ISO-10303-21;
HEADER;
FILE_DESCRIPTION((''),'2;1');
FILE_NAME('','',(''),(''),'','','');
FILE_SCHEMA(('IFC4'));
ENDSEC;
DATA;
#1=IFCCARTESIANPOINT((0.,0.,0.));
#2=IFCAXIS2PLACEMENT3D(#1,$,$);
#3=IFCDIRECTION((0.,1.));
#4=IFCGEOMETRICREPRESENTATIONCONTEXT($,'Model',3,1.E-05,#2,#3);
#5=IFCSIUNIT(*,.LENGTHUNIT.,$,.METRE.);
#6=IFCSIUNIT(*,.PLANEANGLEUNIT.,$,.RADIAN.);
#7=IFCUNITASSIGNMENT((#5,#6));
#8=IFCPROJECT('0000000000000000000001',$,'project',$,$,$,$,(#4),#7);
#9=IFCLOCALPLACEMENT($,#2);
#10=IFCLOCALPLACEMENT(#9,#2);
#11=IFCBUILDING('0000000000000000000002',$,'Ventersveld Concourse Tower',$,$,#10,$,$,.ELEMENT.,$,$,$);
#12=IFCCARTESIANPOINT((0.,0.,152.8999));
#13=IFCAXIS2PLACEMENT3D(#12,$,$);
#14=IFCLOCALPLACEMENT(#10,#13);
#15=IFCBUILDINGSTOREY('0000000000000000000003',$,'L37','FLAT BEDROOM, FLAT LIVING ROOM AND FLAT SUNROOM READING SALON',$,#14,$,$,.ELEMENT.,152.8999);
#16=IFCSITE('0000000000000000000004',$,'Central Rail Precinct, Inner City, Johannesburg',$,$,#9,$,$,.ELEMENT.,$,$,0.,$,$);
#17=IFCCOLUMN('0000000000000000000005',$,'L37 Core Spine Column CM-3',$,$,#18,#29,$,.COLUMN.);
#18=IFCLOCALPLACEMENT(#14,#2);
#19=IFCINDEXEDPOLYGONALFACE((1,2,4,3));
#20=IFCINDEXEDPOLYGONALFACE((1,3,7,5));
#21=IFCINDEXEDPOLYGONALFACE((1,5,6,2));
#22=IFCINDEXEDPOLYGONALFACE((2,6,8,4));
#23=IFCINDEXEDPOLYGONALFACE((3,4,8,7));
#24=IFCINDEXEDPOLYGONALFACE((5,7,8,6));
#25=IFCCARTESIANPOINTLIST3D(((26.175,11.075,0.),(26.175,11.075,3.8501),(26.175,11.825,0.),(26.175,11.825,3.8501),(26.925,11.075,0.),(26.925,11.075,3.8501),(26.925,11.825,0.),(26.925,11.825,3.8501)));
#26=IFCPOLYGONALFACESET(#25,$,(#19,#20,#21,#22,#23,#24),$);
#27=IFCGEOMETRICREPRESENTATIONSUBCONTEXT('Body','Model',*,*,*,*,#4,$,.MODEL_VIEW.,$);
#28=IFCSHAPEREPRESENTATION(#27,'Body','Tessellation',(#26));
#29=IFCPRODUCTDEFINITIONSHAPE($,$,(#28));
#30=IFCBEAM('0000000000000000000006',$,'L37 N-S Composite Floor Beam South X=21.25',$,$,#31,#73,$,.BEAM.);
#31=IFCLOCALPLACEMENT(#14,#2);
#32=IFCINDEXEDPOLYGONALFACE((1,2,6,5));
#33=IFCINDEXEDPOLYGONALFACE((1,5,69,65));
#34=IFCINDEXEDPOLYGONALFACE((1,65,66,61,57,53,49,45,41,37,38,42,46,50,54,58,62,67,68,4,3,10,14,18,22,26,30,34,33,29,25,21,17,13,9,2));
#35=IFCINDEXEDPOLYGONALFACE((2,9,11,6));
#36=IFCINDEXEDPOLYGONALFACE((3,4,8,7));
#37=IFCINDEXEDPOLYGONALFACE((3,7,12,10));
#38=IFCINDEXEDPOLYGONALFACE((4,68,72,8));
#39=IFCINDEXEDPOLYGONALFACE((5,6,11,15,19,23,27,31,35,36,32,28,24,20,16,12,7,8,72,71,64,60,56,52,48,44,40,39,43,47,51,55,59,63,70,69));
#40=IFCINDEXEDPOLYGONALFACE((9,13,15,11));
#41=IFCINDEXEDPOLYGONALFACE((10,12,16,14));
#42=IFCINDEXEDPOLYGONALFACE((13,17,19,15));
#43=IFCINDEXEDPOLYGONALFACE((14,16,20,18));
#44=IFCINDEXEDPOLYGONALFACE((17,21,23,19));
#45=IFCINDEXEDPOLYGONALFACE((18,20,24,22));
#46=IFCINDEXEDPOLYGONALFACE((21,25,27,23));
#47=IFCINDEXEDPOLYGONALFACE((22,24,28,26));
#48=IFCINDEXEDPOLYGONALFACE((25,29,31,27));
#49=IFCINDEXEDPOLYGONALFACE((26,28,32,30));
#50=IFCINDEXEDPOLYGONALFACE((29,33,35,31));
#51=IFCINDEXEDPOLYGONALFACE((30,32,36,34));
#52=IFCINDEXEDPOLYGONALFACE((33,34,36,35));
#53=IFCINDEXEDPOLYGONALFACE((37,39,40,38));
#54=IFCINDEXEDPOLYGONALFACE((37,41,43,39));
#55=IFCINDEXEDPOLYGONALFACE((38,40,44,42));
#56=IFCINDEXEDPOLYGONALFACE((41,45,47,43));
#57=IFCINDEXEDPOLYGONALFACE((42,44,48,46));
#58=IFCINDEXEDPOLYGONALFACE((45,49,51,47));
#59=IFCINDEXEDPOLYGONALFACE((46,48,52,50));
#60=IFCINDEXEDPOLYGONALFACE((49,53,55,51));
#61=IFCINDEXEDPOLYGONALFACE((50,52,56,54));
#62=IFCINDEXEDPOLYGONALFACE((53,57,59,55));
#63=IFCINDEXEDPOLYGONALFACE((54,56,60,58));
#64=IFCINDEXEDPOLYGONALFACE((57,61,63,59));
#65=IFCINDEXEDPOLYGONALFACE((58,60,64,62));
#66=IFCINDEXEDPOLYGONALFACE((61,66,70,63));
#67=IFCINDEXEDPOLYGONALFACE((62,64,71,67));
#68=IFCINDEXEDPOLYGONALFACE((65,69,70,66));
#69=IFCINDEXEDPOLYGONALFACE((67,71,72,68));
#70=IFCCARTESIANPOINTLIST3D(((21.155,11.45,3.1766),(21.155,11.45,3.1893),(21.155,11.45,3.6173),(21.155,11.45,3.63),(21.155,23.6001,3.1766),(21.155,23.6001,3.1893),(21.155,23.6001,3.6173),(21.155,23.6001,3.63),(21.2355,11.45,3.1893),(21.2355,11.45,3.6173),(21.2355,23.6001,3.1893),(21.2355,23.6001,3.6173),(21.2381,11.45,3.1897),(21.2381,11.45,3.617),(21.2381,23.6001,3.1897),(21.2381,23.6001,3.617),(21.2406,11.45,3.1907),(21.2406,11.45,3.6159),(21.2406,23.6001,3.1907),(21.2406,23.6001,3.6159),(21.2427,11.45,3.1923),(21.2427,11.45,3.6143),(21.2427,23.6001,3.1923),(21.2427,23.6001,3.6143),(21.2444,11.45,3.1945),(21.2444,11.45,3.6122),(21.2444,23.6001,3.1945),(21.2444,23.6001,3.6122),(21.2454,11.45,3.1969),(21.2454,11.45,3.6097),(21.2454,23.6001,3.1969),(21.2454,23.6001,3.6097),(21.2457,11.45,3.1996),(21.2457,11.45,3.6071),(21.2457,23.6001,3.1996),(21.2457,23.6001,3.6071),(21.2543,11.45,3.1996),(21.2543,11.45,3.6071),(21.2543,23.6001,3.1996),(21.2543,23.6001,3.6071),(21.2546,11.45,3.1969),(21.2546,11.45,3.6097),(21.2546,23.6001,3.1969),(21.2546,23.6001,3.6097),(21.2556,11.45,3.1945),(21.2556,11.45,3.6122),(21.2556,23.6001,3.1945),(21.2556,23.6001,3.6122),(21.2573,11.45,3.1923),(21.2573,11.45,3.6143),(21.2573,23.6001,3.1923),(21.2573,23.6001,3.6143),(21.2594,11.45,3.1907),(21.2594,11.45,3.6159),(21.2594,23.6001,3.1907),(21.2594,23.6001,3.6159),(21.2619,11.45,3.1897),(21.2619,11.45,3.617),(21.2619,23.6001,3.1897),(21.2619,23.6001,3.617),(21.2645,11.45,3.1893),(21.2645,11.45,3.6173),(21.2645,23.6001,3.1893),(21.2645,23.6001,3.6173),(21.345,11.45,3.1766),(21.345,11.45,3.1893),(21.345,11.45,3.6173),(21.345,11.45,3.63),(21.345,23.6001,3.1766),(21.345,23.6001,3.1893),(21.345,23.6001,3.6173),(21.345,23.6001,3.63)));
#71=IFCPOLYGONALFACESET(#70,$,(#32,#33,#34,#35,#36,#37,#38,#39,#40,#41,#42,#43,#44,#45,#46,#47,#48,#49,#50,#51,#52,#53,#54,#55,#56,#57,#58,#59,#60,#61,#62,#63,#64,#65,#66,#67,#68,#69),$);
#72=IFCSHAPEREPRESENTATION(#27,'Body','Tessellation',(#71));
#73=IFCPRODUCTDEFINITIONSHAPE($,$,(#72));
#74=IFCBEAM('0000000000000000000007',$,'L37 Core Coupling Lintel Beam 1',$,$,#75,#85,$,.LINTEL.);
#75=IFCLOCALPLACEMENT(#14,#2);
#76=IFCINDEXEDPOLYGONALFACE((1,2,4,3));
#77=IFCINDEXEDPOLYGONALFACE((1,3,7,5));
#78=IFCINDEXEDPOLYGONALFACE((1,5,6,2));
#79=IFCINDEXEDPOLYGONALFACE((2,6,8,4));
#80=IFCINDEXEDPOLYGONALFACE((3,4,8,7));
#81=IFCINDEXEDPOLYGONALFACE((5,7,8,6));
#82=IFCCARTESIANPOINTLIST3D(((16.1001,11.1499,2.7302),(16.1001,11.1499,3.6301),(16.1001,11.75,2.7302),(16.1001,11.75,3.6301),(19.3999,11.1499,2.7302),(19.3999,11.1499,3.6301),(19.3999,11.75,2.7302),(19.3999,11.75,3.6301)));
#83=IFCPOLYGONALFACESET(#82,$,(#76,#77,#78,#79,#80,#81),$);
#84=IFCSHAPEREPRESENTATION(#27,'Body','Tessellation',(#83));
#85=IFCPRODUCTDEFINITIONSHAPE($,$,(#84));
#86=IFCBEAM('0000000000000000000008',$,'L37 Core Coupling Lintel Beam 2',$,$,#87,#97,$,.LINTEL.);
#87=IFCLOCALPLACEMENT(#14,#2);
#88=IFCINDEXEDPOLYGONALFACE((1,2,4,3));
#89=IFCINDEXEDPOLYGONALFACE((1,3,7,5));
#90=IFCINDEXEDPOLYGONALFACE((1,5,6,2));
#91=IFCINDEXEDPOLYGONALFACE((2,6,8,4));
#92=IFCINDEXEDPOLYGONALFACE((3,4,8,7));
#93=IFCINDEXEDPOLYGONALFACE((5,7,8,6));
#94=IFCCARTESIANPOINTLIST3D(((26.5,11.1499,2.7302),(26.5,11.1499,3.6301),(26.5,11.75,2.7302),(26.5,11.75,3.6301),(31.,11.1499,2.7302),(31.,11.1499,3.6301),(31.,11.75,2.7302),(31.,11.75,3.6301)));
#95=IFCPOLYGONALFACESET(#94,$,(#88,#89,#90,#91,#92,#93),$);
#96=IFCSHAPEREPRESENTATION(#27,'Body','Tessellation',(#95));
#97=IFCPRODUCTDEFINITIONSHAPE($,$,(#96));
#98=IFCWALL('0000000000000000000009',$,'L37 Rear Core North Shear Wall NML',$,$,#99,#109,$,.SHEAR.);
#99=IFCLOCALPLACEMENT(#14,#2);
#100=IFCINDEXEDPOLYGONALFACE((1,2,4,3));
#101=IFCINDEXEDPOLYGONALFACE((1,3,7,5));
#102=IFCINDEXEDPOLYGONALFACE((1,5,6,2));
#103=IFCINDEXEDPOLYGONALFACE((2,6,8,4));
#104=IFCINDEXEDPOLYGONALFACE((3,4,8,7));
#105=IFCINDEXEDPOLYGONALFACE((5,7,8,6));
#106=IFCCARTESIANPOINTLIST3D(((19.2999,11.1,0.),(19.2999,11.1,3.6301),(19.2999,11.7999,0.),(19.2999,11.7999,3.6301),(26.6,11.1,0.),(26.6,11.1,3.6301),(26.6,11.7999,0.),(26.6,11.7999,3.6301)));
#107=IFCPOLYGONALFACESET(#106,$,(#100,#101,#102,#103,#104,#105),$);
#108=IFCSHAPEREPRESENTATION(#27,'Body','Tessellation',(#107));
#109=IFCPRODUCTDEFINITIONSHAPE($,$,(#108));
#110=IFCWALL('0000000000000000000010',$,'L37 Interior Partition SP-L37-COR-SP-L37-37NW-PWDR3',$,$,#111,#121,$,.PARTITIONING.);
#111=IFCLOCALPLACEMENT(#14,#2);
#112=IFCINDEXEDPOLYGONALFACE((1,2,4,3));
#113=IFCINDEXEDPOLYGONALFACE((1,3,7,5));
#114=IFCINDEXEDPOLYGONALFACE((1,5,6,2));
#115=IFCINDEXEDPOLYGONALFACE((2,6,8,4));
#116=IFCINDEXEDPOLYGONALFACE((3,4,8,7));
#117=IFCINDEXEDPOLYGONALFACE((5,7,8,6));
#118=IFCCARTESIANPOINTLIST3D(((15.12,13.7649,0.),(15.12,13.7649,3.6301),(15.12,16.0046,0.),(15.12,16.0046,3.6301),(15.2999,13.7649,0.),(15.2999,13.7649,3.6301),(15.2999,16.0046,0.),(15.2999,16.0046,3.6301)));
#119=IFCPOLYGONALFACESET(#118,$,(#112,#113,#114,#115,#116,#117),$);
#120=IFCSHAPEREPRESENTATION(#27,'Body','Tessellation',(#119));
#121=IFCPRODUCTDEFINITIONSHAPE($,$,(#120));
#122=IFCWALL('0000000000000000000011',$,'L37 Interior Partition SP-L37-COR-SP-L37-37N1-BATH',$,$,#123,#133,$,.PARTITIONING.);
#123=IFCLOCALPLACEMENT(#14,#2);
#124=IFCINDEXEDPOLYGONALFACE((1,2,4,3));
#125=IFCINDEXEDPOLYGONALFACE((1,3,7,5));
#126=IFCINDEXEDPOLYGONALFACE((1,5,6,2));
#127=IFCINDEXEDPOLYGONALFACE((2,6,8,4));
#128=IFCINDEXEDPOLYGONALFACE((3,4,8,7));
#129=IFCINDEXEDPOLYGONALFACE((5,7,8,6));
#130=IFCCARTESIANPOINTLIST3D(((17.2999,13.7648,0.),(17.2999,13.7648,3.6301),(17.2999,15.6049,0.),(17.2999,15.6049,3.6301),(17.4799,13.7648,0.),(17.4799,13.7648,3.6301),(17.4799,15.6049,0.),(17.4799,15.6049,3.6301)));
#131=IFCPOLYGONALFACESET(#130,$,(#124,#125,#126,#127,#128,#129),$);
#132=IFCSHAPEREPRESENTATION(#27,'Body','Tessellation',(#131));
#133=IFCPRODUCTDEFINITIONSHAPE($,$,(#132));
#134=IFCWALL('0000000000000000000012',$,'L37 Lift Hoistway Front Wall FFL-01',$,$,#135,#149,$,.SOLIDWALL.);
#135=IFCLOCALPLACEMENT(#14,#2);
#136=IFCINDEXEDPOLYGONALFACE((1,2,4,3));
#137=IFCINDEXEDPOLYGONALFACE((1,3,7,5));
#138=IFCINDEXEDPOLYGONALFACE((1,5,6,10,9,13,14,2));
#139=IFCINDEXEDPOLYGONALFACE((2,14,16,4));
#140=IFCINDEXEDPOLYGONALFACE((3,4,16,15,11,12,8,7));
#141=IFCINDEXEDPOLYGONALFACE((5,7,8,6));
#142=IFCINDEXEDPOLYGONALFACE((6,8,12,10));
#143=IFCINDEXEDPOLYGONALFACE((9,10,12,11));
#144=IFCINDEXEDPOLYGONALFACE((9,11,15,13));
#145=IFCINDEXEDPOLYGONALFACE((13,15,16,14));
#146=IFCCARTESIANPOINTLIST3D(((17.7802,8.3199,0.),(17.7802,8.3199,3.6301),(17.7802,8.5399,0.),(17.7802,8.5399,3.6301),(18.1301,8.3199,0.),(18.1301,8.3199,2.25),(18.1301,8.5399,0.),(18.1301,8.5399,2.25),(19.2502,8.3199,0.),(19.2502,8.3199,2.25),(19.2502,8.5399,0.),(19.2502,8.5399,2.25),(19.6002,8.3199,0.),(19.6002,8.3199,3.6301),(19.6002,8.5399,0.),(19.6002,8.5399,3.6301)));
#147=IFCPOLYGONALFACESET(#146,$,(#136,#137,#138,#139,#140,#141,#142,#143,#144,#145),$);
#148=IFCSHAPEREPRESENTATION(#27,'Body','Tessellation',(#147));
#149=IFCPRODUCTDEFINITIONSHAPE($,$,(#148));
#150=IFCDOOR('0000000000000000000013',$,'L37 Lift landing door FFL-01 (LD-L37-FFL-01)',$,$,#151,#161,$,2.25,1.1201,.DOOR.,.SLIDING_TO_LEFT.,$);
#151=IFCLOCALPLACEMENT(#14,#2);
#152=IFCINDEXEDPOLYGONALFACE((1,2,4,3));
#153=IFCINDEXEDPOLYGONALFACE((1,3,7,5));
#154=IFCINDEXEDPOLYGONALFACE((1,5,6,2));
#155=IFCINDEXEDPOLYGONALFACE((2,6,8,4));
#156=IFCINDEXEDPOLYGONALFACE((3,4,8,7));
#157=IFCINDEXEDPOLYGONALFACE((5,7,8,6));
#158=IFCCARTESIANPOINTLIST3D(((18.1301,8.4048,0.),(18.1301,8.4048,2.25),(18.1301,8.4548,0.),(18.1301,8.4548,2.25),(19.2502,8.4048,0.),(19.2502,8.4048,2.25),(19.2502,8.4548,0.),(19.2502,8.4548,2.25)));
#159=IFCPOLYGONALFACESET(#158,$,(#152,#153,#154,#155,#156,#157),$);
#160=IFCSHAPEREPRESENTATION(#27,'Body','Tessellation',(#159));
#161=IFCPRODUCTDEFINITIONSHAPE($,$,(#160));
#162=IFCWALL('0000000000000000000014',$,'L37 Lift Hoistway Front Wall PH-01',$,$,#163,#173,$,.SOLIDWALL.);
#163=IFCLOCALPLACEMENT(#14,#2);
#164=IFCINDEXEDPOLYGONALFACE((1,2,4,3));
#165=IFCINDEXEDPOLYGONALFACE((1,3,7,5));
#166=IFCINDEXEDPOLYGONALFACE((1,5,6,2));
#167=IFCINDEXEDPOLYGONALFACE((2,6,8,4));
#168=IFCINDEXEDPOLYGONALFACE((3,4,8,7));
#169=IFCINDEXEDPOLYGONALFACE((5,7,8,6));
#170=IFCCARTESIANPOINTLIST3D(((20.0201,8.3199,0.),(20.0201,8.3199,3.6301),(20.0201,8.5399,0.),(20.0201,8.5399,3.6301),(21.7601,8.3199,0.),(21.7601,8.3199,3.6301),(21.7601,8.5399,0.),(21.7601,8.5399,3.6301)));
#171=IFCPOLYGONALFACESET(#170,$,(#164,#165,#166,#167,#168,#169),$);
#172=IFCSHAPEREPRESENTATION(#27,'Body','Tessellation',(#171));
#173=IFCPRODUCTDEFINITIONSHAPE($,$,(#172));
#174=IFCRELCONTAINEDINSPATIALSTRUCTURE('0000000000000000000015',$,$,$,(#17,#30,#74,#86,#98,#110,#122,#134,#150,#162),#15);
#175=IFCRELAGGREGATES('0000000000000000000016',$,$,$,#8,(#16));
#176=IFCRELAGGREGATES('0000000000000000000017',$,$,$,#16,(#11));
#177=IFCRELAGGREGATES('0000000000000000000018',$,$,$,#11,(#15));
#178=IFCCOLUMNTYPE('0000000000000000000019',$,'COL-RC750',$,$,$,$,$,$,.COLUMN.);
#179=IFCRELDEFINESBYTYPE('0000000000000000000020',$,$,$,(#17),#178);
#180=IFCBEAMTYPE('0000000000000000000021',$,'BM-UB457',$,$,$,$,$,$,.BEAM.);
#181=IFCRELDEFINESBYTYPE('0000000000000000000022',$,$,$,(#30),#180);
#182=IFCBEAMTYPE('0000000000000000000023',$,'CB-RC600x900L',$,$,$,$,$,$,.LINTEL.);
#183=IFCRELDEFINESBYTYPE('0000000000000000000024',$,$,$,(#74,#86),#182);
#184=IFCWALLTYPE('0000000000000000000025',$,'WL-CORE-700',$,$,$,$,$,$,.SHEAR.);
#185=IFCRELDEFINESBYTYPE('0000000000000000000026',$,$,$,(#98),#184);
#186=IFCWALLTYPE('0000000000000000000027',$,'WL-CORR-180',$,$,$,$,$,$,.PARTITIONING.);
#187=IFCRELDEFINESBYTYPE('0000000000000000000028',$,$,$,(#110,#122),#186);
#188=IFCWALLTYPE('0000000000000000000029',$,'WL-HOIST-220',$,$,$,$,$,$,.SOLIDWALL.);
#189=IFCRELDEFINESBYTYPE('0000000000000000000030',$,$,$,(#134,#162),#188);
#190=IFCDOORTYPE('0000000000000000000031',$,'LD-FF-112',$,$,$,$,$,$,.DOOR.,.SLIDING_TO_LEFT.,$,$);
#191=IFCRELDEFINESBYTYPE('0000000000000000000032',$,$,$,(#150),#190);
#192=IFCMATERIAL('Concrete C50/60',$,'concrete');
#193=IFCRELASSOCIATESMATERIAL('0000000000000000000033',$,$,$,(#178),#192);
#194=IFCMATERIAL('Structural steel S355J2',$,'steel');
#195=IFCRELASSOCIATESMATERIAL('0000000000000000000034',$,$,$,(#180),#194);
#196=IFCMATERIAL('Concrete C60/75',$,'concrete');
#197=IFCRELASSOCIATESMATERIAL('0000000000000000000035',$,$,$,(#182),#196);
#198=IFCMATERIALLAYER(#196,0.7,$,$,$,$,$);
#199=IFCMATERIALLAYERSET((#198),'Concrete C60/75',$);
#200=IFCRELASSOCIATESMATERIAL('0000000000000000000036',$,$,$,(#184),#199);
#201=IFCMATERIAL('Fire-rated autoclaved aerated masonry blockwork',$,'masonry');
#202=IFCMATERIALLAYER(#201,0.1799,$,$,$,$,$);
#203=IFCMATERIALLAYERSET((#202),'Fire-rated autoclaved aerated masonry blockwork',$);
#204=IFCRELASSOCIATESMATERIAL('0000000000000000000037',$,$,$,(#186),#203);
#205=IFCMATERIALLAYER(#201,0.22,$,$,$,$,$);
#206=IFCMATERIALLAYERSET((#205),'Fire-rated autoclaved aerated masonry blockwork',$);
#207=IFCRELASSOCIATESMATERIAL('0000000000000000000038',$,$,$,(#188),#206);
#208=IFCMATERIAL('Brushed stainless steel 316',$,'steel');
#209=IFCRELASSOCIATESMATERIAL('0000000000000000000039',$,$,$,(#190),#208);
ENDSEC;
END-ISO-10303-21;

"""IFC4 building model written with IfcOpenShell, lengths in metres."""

from ifc_helpers import new_model, si_unit, direction, frame, frame_2d, origin, origin_2d, place, context, subcontext, project, spatial, rectangle, i_section, extrude, material, layer, layer_set, material_profile, profile_set, type_object, element, fill, save


model = new_model("IFC4")

# Units and contexts
model_context = context("Model", 3, precision=1e-05, world=origin(), true_north=direction((0.0, 1.0)))
body_context = subcontext(model_context, "Body", "Model", "MODEL_VIEW")
ifc_project = project(units=[si_unit("LENGTHUNIT", "METRE"), si_unit("PLANEANGLEUNIT", "RADIAN")], contexts=[model_context])

# Site, building, storey
site_placement = place(None, origin())
site = spatial("IfcSite", under=ifc_project, at=site_placement, Name="Central Rail Precinct, Inner City, Johannesburg", CompositionType="ELEMENT", RefElevation=0.0)
building_placement = place(site_placement, origin())
building = spatial("IfcBuilding", under=site, at=building_placement, Name="Ventersveld Concourse Tower", CompositionType="ELEMENT")
storey_placement = place(building_placement, frame((0.0, 0.0, 152.8999)))
storey = spatial("IfcBuildingStorey", under=building, at=storey_placement, Name="L37", Description="FLAT BEDROOM, FLAT LIVING ROOM AND FLAT SUNROOM READING SALON", CompositionType="ELEMENT", Elevation=152.8999)

# Column
ifc_material_1 = material(Name="Concrete C50/60", Category="concrete")
ifc_material_profile_1 = material_profile(ifc_material_1, rectangle(XDim=0.75, YDim=0.75, at=origin_2d()), Name="RC 750x750")
ifc_profile_set_1 = profile_set([ifc_material_profile_1], Name="Concrete C50/60")
column_type = type_object("IfcColumnType", Name="COL-RC750", PredefinedType="COLUMN", material=ifc_profile_set_1)
column_placement = place(storey_placement, frame((26.55, 11.45, 0.0), z_axis=(0.0, 0.0, 1.0), x_axis=(1.0, 0.0, 0.0)))
element("IfcColumn", 1, at=column_placement, inside=storey, type_object=column_type, Name="L37 Core Spine Column CM-3", PredefinedType="COLUMN", context=body_context, shape_type="SweptSolid", body=[
    extrude(rectangle(XDim=0.75, YDim=0.75, at=origin_2d()), origin(), (0.0, 0.0, 1.0), 3.8501),
])

# Beams
ifc_material_2 = material(Name="Structural steel S355J2", Category="steel")
ifc_material_profile_2 = material_profile(ifc_material_2, i_section(OverallWidth=0.1899, OverallDepth=0.4534, WebThickness=0.0085, FlangeThickness=0.0127, FilletRadius=0.0103, at=origin_2d()), Name="UB 457x191x67")
ifc_profile_set_2 = profile_set([ifc_material_profile_2], Name="Structural steel S355J2")
beam_type_1 = type_object("IfcBeamType", Name="BM-UB457", PredefinedType="BEAM", material=ifc_profile_set_2)
beam_1_placement = place(storey_placement, frame((21.25, 11.45, 3.4033), z_axis=(0.0, 1.0, 0.0), x_axis=(-1.0, 0.0, 0.0)))
element("IfcBeam", 2, at=beam_1_placement, inside=storey, type_object=beam_type_1, Name="L37 N-S Composite Floor Beam South X=21.25", PredefinedType="BEAM", context=body_context, shape_type="SweptSolid", body=[
    extrude(i_section(OverallWidth=0.1899, OverallDepth=0.4534, WebThickness=0.0085, FlangeThickness=0.0127, FilletRadius=0.0103, at=origin_2d()), origin(), (0.0, 0.0, 1.0), 12.1501),
])
ifc_material_3 = material(Name="Concrete C60/75", Category="concrete")
ifc_material_profile_3 = material_profile(ifc_material_3, rectangle(XDim=0.6001, YDim=0.8999, at=origin_2d()), Name="RC 600x900")
ifc_profile_set_3 = profile_set([ifc_material_profile_3], Name="Concrete C60/75")
beam_type_2 = type_object("IfcBeamType", Name="CB-RC600x900L", PredefinedType="LINTEL", material=ifc_profile_set_3)
beam_2_placement = place(storey_placement, frame((16.1001, 11.45, 3.1802), z_axis=(1.0, 0.0, 0.0), x_axis=(0.0, 1.0, 0.0)))
element("IfcBeam", 3, at=beam_2_placement, inside=storey, type_object=beam_type_2, Name="L37 Core Coupling Lintel Beam 1", PredefinedType="LINTEL", context=body_context, shape_type="SweptSolid", body=[
    extrude(rectangle(XDim=0.6001, YDim=0.8999, at=origin_2d()), origin(), (0.0, 0.0, 1.0), 3.2998),
])
beam_3_placement = place(storey_placement, frame((26.5, 11.45, 3.1802), z_axis=(1.0, 0.0, 0.0), x_axis=(0.0, 1.0, 0.0)))
element("IfcBeam", 4, at=beam_3_placement, inside=storey, type_object=beam_type_2, Name="L37 Core Coupling Lintel Beam 2", PredefinedType="LINTEL", context=body_context, shape_type="SweptSolid", body=[
    extrude(rectangle(XDim=0.6001, YDim=0.8999, at=origin_2d()), origin(), (0.0, 0.0, 1.0), 4.5),
])

# Walls
ifc_layer_1 = layer(ifc_material_3, 0.7)
ifc_layer_set_1 = layer_set([ifc_layer_1], Name="Concrete C60/75")
wall_type_1 = type_object("IfcWallType", Name="WL-CORE-700", PredefinedType="SHEAR", material=ifc_layer_set_1)
wall_1_placement = place(storey_placement, frame((19.3, 11.45, 0.0), z_axis=(0.0, 0.0, 1.0), x_axis=(1.0, 0.0, 0.0)))
element("IfcWall", 5, at=wall_1_placement, inside=storey, type_object=wall_type_1, Name="L37 Rear Core North Shear Wall NML", PredefinedType="SHEAR", context=body_context, shape_type="SweptSolid", body=[
    extrude(rectangle(XDim=7.3, YDim=0.7, at=frame_2d((3.6499, 0.0))), origin(), (0.0, 0.0, 1.0), 3.6301),
])
ifc_material_4 = material(Name="Fire-rated autoclaved aerated masonry blockwork", Category="masonry")
ifc_layer_2 = layer(ifc_material_4, 0.1799)
ifc_layer_set_2 = layer_set([ifc_layer_2], Name="Fire-rated autoclaved aerated masonry blockwork")
wall_type_2 = type_object("IfcWallType", Name="WL-CORR-180", PredefinedType="PARTITIONING", material=ifc_layer_set_2)
wall_2_placement = place(storey_placement, frame((15.21, 13.7649, 0.0), z_axis=(0.0, 0.0, 1.0), x_axis=(0.0, 1.0, 0.0)))
element("IfcWall", 6, at=wall_2_placement, inside=storey, type_object=wall_type_2, Name="L37 Interior Partition SP-L37-COR-SP-L37-37NW-PWDR3", PredefinedType="PARTITIONING", context=body_context, shape_type="SweptSolid", body=[
    extrude(rectangle(XDim=2.2397, YDim=0.1799, at=frame_2d((1.1199, 0.0))), origin(), (0.0, 0.0, 1.0), 3.6301),
])
wall_3_placement = place(storey_placement, frame((17.3899, 13.7649, 0.0), z_axis=(0.0, 0.0, 1.0), x_axis=(0.0, 1.0, 0.0)))
element("IfcWall", 7, at=wall_3_placement, inside=storey, type_object=wall_type_2, Name="L37 Interior Partition SP-L37-COR-SP-L37-37N1-BATH", PredefinedType="PARTITIONING", context=body_context, shape_type="SweptSolid", body=[
    extrude(rectangle(XDim=1.8401, YDim=0.1799, at=frame_2d((0.9199, 0.0))), origin(), (0.0, 0.0, 1.0), 3.6301),
])

# Wall, opening, door
ifc_layer_3 = layer(ifc_material_4, 0.22)
ifc_layer_set_3 = layer_set([ifc_layer_3], Name="Fire-rated autoclaved aerated masonry blockwork")
wall_type_3 = type_object("IfcWallType", Name="WL-HOIST-220", PredefinedType="SOLIDWALL", material=ifc_layer_set_3)
wall_4_placement = place(storey_placement, frame((17.78, 8.4299, 0.0), z_axis=(0.0, 0.0, 1.0), x_axis=(1.0, 0.0, 0.0)))
wall_4 = element("IfcWall", 8, at=wall_4_placement, inside=storey, type_object=wall_type_3, Name="L37 Lift Hoistway Front Wall FFL-01", PredefinedType="SOLIDWALL", context=body_context, shape_type="SweptSolid", body=[
    extrude(rectangle(XDim=1.8201, YDim=0.22, at=frame_2d((0.9102, 0.0))), origin(), (0.0, 0.0, 1.0), 3.6301),
])
opening_1_placement = place(wall_4_placement, frame((0.3501, 0.0, 0.0)))
opening_1 = element("IfcOpeningElement", 9, at=opening_1_placement, cuts=wall_4, PredefinedType="OPENING", context=body_context, shape_type="SweptSolid", body=[
    extrude(rectangle(XDim=1.1201, YDim=2.25, at=frame_2d((0.5601, 1.125))), frame((0.0, 0.1201, 0.0), z_axis=(0.0, -1.0, 0.0), x_axis=(1.0, 0.0, 0.0)), (0.0, 0.0, 1.0), 0.24),
])
ifc_material_5 = material(Name="Brushed stainless steel 316", Category="steel")
door_type_1 = type_object("IfcDoorType", Name="LD-FF-112", OperationType="SLIDING_TO_LEFT", PredefinedType="DOOR", material=ifc_material_5)
door_1_placement = place(opening_1_placement, origin())
door_1 = element("IfcDoor", 10, at=door_1_placement, inside=storey, type_object=door_type_1, Name="L37 Lift landing door FFL-01 (LD-L37-FFL-01)", OperationType="SLIDING_TO_LEFT", OverallHeight=2.25, OverallWidth=1.1201, PredefinedType="DOOR", context=body_context, shape_type="SweptSolid", body=[
    extrude(rectangle(XDim=1.1201, YDim=2.25, at=frame_2d((0.5601, 1.125))), frame((0.0, 0.0249, 0.0), z_axis=(0.0, -1.0, 0.0), x_axis=(1.0, 0.0, 0.0)), (0.0, 0.0, 1.0), 0.05),
])
fill(opening_1, door_1)

# Wall
for number, where, z_axis, x_axis, name in (
    (11, (20.02, 8.4299, 0.0), (0.0, 0.0, 1.0), (1.0, 0.0, 0.0), "L37 Lift Hoistway Front Wall PH-01"),
):
    element("IfcWall", number, at=place(storey_placement, frame(where, z_axis=z_axis, x_axis=x_axis)), inside=storey, type_object=wall_type_3, Name=name, PredefinedType="SOLIDWALL", context=body_context, shape_type="SweptSolid", body=[
        extrude(rectangle(XDim=1.74, YDim=0.22, at=frame_2d((0.8701, 0.0))), origin(), (0.0, 0.0, 1.0), 3.6301),
    ])

save(model, "model.ifc")
